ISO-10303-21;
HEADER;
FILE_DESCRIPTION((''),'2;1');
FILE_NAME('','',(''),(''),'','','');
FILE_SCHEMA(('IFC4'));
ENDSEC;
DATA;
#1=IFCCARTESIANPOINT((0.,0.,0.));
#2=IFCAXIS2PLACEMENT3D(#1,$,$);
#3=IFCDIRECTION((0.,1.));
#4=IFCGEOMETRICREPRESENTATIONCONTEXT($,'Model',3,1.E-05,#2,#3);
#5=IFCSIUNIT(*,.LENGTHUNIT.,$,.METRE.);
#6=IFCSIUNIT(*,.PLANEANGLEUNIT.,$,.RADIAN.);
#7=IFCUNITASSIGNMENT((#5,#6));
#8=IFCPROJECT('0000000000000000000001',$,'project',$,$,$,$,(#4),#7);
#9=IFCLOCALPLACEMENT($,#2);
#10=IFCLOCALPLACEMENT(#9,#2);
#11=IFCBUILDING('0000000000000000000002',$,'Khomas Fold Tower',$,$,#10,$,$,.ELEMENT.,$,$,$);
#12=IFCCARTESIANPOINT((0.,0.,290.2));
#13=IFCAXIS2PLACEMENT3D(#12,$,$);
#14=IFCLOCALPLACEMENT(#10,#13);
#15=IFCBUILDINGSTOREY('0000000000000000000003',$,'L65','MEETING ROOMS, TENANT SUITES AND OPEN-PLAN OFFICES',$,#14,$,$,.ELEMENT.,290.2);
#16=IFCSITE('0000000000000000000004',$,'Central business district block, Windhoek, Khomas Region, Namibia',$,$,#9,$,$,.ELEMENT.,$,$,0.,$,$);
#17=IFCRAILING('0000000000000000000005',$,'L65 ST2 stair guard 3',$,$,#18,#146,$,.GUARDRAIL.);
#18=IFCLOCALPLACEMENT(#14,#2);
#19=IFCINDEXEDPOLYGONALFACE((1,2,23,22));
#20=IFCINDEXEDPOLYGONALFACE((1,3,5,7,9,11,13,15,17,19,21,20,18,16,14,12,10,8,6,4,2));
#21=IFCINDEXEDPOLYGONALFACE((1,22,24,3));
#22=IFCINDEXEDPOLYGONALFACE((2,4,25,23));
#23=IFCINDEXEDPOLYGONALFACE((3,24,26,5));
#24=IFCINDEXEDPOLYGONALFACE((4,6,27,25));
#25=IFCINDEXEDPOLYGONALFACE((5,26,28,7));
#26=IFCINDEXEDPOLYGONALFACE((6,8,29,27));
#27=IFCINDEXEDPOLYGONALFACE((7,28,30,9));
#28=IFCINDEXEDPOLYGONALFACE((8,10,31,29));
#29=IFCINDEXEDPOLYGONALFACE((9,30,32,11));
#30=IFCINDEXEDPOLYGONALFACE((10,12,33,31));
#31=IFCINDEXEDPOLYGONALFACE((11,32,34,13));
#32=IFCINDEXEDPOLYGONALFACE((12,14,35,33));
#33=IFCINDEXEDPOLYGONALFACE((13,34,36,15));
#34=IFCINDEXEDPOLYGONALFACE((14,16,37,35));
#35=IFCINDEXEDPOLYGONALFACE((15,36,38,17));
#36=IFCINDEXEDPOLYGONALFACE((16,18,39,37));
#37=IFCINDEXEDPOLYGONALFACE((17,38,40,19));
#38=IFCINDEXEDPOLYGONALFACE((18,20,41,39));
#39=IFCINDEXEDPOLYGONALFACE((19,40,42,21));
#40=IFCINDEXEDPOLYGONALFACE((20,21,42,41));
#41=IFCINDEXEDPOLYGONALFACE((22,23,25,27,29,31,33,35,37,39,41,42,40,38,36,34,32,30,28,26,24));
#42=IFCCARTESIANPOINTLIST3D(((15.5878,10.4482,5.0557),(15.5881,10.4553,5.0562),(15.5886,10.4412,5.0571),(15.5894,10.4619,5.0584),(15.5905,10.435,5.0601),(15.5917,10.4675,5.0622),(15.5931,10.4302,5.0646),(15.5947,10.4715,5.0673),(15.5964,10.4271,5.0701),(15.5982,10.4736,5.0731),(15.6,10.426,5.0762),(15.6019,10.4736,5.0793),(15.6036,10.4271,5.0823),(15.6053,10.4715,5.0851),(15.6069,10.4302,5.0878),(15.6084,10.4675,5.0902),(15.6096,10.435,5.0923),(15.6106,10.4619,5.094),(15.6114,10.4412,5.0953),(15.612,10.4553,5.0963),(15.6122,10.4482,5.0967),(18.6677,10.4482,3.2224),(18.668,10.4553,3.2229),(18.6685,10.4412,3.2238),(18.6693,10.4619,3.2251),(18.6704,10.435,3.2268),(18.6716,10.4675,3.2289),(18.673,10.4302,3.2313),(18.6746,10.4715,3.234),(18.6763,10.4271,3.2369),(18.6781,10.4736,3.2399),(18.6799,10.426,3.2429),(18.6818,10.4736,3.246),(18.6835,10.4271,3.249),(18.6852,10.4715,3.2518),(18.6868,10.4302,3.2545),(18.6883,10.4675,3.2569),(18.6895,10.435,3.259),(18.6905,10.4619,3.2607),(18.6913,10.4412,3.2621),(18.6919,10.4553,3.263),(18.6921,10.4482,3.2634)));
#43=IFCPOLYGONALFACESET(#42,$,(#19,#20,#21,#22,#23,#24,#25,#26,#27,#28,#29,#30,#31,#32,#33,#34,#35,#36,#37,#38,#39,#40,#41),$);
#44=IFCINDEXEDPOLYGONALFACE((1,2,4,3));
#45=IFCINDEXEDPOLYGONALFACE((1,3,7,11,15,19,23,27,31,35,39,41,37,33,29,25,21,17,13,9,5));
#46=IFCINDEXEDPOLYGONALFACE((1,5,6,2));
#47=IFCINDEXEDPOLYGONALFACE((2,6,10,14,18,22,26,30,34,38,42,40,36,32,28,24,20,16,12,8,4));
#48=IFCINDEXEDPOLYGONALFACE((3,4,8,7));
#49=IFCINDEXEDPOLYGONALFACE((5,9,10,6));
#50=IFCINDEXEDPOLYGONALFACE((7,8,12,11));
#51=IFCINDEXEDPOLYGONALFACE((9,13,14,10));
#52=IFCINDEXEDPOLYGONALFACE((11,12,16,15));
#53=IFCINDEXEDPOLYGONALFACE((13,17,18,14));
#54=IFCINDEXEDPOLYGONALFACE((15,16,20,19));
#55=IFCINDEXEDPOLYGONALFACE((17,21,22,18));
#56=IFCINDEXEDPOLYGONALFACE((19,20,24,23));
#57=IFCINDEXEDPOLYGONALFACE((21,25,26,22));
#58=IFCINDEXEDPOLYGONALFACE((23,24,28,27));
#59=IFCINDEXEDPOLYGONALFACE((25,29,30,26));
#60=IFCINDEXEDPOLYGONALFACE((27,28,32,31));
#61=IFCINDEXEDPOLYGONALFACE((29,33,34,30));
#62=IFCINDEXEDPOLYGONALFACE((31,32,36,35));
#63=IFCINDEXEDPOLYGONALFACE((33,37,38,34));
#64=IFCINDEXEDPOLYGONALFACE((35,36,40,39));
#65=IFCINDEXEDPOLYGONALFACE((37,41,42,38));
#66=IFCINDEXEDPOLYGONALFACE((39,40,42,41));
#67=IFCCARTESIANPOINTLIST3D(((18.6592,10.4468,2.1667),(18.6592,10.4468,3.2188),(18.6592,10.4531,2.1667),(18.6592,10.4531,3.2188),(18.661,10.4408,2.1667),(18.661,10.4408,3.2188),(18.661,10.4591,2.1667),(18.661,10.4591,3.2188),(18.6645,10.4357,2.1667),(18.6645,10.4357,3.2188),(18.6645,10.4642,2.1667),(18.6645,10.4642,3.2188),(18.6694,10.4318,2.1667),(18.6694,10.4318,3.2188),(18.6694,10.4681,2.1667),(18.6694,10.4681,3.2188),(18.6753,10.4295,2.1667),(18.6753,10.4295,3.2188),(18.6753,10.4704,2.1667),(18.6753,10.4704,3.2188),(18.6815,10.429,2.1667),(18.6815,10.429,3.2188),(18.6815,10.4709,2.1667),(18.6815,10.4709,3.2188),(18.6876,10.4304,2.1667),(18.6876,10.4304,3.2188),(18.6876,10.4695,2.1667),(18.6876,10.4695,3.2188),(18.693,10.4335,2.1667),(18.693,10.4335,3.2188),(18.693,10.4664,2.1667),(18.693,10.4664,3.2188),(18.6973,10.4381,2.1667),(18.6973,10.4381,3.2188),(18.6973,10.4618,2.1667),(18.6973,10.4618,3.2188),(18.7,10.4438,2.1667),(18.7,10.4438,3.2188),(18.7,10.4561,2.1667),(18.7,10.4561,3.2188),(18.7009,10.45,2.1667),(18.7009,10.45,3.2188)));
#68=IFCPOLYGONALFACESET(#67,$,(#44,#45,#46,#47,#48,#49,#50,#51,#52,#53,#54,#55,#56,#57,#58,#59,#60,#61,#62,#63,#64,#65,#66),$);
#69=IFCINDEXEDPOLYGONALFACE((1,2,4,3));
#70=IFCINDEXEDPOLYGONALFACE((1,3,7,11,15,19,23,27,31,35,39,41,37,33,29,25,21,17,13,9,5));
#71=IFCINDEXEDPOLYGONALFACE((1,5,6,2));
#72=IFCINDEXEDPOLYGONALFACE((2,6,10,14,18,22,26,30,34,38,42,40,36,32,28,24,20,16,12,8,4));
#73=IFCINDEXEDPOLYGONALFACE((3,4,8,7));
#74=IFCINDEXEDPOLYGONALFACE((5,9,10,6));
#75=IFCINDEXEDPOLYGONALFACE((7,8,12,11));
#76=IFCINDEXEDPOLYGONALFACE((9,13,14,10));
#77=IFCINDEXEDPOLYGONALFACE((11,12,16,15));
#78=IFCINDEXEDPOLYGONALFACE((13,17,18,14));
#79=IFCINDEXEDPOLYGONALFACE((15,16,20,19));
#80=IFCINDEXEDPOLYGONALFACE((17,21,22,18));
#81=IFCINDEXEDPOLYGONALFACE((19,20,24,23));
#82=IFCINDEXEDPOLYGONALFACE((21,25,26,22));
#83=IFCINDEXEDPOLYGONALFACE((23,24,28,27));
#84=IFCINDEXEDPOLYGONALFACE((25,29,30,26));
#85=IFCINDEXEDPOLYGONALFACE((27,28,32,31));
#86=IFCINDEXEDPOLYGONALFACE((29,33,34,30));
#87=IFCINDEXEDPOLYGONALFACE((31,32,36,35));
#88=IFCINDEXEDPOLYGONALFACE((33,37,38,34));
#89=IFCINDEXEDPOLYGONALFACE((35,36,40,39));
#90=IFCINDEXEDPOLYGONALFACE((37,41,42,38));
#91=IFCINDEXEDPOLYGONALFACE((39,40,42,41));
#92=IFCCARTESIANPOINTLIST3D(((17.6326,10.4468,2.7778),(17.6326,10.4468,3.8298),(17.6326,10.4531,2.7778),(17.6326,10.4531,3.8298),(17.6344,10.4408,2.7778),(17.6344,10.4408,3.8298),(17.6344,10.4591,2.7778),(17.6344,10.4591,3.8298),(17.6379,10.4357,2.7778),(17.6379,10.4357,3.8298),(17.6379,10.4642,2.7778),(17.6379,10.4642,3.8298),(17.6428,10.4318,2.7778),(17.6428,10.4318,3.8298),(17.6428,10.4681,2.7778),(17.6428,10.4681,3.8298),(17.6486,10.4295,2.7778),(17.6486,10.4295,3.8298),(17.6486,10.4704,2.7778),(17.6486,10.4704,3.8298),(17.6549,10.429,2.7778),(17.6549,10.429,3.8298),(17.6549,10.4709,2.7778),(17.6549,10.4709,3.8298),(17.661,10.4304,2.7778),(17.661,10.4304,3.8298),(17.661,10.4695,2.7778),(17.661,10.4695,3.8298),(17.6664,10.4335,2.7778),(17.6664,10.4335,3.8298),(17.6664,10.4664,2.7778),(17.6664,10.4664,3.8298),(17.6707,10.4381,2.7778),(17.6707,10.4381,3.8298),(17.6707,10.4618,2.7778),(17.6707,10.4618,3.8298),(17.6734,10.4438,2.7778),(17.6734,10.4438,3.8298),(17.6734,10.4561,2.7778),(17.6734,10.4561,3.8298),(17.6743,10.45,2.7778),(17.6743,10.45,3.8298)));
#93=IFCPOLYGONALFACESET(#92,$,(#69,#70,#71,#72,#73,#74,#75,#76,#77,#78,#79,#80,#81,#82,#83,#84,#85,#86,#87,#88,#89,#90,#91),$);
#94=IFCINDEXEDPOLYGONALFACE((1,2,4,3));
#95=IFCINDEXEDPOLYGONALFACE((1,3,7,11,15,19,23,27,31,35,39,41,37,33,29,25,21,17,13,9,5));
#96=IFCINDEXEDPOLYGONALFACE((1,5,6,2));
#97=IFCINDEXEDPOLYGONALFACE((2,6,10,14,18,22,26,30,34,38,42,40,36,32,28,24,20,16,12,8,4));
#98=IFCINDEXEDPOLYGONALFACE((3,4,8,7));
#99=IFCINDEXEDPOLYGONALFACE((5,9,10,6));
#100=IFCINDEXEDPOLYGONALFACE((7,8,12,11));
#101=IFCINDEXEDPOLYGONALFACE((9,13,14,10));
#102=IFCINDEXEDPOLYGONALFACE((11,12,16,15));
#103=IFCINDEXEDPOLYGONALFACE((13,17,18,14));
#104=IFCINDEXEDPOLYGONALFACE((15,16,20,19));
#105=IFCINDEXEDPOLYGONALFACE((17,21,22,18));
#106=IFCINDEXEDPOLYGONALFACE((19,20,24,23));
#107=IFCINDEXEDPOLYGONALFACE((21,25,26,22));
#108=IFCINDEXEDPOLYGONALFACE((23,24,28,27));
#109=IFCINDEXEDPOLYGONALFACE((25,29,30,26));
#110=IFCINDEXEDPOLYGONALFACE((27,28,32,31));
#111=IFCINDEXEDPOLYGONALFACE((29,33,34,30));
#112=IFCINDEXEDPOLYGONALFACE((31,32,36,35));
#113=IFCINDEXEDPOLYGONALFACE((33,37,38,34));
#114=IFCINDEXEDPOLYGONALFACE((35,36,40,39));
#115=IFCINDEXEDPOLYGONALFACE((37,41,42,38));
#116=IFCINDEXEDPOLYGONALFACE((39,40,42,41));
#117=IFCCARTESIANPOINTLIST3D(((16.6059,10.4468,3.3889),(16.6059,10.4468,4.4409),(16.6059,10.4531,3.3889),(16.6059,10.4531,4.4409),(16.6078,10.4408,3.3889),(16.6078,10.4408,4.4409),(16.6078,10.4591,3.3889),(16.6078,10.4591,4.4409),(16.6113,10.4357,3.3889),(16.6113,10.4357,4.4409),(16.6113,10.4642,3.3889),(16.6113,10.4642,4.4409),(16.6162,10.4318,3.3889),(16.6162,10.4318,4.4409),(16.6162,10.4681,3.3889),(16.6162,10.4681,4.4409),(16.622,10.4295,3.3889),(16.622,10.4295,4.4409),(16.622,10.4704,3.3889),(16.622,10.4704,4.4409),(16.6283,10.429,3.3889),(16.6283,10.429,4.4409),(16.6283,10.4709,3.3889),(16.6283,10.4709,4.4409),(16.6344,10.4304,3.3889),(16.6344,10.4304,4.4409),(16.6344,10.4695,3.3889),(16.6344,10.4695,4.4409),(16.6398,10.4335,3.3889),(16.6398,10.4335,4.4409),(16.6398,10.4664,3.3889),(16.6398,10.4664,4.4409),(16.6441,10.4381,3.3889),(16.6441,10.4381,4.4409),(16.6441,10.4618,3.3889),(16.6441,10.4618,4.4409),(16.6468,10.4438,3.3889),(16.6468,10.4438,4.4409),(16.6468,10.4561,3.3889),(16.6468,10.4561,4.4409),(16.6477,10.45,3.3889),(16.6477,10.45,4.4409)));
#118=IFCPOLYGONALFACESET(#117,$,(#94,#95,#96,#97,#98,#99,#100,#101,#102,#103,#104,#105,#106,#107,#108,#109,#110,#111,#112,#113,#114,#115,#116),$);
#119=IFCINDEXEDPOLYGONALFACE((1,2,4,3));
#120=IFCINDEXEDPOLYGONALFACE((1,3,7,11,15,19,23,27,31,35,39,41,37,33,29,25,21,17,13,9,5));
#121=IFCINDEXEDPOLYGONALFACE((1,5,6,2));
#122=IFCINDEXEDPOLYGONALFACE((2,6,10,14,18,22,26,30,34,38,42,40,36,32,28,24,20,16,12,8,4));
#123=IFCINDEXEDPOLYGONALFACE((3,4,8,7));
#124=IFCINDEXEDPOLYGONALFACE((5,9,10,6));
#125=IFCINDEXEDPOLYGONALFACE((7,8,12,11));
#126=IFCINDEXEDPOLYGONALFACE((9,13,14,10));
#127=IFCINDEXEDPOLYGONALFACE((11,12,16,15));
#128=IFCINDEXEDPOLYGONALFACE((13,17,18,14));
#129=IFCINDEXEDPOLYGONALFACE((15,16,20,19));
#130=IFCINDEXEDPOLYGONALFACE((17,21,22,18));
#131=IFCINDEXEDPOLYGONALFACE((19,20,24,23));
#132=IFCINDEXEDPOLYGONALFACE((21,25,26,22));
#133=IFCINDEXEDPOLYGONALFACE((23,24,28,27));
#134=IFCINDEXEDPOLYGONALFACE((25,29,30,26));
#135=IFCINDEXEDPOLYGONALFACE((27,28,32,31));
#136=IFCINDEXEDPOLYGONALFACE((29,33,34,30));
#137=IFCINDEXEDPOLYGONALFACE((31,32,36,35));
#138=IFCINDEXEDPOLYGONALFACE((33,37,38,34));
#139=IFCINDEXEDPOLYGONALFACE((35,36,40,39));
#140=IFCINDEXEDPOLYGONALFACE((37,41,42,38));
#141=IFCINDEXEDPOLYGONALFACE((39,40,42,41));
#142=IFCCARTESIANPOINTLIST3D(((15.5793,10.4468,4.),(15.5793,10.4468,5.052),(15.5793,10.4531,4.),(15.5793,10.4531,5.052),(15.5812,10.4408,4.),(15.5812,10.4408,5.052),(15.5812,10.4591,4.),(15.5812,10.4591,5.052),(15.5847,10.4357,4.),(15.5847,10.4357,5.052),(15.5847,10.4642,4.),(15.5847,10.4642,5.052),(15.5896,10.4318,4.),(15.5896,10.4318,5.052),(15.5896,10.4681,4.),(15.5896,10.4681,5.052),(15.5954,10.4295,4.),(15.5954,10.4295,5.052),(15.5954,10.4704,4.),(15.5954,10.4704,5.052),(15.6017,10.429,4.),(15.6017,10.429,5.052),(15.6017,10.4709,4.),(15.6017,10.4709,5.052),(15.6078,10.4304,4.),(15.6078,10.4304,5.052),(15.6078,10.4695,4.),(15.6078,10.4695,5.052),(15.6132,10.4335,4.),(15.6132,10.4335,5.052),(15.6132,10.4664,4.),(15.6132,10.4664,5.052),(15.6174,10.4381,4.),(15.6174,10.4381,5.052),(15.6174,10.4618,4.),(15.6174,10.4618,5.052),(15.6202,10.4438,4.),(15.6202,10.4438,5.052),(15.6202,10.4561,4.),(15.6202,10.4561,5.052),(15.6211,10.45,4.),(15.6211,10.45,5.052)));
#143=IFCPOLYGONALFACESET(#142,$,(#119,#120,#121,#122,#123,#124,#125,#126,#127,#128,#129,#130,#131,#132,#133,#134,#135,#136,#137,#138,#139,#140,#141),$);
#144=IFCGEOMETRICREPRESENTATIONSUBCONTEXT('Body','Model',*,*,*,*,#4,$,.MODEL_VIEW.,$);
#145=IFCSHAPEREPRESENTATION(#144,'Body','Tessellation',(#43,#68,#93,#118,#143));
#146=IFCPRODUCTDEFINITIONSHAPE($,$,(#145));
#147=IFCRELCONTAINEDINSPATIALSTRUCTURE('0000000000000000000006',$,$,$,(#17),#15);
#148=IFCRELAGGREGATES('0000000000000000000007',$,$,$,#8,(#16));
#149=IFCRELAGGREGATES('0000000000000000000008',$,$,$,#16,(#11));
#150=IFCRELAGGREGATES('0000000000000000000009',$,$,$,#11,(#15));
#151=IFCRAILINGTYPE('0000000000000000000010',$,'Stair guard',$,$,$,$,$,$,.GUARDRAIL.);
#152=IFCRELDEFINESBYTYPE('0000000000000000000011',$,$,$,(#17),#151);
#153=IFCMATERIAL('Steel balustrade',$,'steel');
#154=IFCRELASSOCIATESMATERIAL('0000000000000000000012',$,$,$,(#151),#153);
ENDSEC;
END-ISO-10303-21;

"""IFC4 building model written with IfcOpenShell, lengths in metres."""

from ifc_helpers import new_model, si_unit, direction, frame, origin, origin_2d, place, context, subcontext, project, spatial, circle, extrude, source, transform, mapped, material, type_object, element, save


model = new_model("IFC4")

# Units and contexts
model_context = context("Model", 3, precision=1e-05, world=origin(), true_north=direction((0.0, 1.0)))
body_context = subcontext(model_context, "Body", "Model", "MODEL_VIEW")
ifc_project = project(units=[si_unit("LENGTHUNIT", "METRE"), si_unit("PLANEANGLEUNIT", "RADIAN")], contexts=[model_context])

# Site, building, storey
site_placement = place(None, origin())
site = spatial("IfcSite", under=ifc_project, at=site_placement, Name="Central business district block, Windhoek, Khomas Region, Namibia", CompositionType="ELEMENT", RefElevation=0.0)
building_placement = place(site_placement, origin())
building = spatial("IfcBuilding", under=site, at=building_placement, Name="Khomas Fold Tower", CompositionType="ELEMENT")
storey_placement = place(building_placement, frame((0.0, 0.0, 290.2)))
storey = spatial("IfcBuildingStorey", under=building, at=storey_placement, Name="L65", Description="MEETING ROOMS, TENANT SUITES AND OPEN-PLAN OFFICES", CompositionType="ELEMENT", Elevation=290.2)

# Railing
ifc_material_1 = material(Name="Steel balustrade", Category="steel")
railing_type_1 = type_object("IfcRailingType", Name="Stair guard", PredefinedType="GUARDRAIL", material=ifc_material_1)
shared_shape_1 = source(origin(), body_context, "Body", "SweptSolid", [
    extrude(circle(Radius=0.0239, at=origin_2d()), frame((0.0, 0.0, 1.0762), z_axis=(-0.859291, 0.0, 0.511487), x_axis=(0.0, -1.0, 0.0)), (0.0, 0.0, 1.0), 3.5842),
    extrude(circle(Radius=0.021, at=origin_2d()), origin(), (0.0, 0.0, 1.0), 1.052),
    extrude(circle(Radius=0.021, at=origin_2d()), frame((-1.0266, 0.0, 0.6111)), (0.0, 0.0, 1.0), 1.052),
    extrude(circle(Radius=0.021, at=origin_2d()), frame((-2.0532, 0.0, 1.2222)), (0.0, 0.0, 1.0), 1.052),
    extrude(circle(Radius=0.021, at=origin_2d()), frame((-3.0798, 0.0, 1.8333)), (0.0, 0.0, 1.0), 1.052),
])
railing_1_placement = place(storey_placement, frame((18.6799, 10.45, 2.1667)))
element("IfcRailing", 1, at=railing_1_placement, inside=storey, type_object=railing_type_1, Name="L65 ST2 stair guard 3", PredefinedType="GUARDRAIL", context=body_context, shape_type="MappedRepresentation", body=[
    mapped(shared_shape_1, transform((0.0, 0.0, 0.0))),
])

save(model, "model.ifc")
